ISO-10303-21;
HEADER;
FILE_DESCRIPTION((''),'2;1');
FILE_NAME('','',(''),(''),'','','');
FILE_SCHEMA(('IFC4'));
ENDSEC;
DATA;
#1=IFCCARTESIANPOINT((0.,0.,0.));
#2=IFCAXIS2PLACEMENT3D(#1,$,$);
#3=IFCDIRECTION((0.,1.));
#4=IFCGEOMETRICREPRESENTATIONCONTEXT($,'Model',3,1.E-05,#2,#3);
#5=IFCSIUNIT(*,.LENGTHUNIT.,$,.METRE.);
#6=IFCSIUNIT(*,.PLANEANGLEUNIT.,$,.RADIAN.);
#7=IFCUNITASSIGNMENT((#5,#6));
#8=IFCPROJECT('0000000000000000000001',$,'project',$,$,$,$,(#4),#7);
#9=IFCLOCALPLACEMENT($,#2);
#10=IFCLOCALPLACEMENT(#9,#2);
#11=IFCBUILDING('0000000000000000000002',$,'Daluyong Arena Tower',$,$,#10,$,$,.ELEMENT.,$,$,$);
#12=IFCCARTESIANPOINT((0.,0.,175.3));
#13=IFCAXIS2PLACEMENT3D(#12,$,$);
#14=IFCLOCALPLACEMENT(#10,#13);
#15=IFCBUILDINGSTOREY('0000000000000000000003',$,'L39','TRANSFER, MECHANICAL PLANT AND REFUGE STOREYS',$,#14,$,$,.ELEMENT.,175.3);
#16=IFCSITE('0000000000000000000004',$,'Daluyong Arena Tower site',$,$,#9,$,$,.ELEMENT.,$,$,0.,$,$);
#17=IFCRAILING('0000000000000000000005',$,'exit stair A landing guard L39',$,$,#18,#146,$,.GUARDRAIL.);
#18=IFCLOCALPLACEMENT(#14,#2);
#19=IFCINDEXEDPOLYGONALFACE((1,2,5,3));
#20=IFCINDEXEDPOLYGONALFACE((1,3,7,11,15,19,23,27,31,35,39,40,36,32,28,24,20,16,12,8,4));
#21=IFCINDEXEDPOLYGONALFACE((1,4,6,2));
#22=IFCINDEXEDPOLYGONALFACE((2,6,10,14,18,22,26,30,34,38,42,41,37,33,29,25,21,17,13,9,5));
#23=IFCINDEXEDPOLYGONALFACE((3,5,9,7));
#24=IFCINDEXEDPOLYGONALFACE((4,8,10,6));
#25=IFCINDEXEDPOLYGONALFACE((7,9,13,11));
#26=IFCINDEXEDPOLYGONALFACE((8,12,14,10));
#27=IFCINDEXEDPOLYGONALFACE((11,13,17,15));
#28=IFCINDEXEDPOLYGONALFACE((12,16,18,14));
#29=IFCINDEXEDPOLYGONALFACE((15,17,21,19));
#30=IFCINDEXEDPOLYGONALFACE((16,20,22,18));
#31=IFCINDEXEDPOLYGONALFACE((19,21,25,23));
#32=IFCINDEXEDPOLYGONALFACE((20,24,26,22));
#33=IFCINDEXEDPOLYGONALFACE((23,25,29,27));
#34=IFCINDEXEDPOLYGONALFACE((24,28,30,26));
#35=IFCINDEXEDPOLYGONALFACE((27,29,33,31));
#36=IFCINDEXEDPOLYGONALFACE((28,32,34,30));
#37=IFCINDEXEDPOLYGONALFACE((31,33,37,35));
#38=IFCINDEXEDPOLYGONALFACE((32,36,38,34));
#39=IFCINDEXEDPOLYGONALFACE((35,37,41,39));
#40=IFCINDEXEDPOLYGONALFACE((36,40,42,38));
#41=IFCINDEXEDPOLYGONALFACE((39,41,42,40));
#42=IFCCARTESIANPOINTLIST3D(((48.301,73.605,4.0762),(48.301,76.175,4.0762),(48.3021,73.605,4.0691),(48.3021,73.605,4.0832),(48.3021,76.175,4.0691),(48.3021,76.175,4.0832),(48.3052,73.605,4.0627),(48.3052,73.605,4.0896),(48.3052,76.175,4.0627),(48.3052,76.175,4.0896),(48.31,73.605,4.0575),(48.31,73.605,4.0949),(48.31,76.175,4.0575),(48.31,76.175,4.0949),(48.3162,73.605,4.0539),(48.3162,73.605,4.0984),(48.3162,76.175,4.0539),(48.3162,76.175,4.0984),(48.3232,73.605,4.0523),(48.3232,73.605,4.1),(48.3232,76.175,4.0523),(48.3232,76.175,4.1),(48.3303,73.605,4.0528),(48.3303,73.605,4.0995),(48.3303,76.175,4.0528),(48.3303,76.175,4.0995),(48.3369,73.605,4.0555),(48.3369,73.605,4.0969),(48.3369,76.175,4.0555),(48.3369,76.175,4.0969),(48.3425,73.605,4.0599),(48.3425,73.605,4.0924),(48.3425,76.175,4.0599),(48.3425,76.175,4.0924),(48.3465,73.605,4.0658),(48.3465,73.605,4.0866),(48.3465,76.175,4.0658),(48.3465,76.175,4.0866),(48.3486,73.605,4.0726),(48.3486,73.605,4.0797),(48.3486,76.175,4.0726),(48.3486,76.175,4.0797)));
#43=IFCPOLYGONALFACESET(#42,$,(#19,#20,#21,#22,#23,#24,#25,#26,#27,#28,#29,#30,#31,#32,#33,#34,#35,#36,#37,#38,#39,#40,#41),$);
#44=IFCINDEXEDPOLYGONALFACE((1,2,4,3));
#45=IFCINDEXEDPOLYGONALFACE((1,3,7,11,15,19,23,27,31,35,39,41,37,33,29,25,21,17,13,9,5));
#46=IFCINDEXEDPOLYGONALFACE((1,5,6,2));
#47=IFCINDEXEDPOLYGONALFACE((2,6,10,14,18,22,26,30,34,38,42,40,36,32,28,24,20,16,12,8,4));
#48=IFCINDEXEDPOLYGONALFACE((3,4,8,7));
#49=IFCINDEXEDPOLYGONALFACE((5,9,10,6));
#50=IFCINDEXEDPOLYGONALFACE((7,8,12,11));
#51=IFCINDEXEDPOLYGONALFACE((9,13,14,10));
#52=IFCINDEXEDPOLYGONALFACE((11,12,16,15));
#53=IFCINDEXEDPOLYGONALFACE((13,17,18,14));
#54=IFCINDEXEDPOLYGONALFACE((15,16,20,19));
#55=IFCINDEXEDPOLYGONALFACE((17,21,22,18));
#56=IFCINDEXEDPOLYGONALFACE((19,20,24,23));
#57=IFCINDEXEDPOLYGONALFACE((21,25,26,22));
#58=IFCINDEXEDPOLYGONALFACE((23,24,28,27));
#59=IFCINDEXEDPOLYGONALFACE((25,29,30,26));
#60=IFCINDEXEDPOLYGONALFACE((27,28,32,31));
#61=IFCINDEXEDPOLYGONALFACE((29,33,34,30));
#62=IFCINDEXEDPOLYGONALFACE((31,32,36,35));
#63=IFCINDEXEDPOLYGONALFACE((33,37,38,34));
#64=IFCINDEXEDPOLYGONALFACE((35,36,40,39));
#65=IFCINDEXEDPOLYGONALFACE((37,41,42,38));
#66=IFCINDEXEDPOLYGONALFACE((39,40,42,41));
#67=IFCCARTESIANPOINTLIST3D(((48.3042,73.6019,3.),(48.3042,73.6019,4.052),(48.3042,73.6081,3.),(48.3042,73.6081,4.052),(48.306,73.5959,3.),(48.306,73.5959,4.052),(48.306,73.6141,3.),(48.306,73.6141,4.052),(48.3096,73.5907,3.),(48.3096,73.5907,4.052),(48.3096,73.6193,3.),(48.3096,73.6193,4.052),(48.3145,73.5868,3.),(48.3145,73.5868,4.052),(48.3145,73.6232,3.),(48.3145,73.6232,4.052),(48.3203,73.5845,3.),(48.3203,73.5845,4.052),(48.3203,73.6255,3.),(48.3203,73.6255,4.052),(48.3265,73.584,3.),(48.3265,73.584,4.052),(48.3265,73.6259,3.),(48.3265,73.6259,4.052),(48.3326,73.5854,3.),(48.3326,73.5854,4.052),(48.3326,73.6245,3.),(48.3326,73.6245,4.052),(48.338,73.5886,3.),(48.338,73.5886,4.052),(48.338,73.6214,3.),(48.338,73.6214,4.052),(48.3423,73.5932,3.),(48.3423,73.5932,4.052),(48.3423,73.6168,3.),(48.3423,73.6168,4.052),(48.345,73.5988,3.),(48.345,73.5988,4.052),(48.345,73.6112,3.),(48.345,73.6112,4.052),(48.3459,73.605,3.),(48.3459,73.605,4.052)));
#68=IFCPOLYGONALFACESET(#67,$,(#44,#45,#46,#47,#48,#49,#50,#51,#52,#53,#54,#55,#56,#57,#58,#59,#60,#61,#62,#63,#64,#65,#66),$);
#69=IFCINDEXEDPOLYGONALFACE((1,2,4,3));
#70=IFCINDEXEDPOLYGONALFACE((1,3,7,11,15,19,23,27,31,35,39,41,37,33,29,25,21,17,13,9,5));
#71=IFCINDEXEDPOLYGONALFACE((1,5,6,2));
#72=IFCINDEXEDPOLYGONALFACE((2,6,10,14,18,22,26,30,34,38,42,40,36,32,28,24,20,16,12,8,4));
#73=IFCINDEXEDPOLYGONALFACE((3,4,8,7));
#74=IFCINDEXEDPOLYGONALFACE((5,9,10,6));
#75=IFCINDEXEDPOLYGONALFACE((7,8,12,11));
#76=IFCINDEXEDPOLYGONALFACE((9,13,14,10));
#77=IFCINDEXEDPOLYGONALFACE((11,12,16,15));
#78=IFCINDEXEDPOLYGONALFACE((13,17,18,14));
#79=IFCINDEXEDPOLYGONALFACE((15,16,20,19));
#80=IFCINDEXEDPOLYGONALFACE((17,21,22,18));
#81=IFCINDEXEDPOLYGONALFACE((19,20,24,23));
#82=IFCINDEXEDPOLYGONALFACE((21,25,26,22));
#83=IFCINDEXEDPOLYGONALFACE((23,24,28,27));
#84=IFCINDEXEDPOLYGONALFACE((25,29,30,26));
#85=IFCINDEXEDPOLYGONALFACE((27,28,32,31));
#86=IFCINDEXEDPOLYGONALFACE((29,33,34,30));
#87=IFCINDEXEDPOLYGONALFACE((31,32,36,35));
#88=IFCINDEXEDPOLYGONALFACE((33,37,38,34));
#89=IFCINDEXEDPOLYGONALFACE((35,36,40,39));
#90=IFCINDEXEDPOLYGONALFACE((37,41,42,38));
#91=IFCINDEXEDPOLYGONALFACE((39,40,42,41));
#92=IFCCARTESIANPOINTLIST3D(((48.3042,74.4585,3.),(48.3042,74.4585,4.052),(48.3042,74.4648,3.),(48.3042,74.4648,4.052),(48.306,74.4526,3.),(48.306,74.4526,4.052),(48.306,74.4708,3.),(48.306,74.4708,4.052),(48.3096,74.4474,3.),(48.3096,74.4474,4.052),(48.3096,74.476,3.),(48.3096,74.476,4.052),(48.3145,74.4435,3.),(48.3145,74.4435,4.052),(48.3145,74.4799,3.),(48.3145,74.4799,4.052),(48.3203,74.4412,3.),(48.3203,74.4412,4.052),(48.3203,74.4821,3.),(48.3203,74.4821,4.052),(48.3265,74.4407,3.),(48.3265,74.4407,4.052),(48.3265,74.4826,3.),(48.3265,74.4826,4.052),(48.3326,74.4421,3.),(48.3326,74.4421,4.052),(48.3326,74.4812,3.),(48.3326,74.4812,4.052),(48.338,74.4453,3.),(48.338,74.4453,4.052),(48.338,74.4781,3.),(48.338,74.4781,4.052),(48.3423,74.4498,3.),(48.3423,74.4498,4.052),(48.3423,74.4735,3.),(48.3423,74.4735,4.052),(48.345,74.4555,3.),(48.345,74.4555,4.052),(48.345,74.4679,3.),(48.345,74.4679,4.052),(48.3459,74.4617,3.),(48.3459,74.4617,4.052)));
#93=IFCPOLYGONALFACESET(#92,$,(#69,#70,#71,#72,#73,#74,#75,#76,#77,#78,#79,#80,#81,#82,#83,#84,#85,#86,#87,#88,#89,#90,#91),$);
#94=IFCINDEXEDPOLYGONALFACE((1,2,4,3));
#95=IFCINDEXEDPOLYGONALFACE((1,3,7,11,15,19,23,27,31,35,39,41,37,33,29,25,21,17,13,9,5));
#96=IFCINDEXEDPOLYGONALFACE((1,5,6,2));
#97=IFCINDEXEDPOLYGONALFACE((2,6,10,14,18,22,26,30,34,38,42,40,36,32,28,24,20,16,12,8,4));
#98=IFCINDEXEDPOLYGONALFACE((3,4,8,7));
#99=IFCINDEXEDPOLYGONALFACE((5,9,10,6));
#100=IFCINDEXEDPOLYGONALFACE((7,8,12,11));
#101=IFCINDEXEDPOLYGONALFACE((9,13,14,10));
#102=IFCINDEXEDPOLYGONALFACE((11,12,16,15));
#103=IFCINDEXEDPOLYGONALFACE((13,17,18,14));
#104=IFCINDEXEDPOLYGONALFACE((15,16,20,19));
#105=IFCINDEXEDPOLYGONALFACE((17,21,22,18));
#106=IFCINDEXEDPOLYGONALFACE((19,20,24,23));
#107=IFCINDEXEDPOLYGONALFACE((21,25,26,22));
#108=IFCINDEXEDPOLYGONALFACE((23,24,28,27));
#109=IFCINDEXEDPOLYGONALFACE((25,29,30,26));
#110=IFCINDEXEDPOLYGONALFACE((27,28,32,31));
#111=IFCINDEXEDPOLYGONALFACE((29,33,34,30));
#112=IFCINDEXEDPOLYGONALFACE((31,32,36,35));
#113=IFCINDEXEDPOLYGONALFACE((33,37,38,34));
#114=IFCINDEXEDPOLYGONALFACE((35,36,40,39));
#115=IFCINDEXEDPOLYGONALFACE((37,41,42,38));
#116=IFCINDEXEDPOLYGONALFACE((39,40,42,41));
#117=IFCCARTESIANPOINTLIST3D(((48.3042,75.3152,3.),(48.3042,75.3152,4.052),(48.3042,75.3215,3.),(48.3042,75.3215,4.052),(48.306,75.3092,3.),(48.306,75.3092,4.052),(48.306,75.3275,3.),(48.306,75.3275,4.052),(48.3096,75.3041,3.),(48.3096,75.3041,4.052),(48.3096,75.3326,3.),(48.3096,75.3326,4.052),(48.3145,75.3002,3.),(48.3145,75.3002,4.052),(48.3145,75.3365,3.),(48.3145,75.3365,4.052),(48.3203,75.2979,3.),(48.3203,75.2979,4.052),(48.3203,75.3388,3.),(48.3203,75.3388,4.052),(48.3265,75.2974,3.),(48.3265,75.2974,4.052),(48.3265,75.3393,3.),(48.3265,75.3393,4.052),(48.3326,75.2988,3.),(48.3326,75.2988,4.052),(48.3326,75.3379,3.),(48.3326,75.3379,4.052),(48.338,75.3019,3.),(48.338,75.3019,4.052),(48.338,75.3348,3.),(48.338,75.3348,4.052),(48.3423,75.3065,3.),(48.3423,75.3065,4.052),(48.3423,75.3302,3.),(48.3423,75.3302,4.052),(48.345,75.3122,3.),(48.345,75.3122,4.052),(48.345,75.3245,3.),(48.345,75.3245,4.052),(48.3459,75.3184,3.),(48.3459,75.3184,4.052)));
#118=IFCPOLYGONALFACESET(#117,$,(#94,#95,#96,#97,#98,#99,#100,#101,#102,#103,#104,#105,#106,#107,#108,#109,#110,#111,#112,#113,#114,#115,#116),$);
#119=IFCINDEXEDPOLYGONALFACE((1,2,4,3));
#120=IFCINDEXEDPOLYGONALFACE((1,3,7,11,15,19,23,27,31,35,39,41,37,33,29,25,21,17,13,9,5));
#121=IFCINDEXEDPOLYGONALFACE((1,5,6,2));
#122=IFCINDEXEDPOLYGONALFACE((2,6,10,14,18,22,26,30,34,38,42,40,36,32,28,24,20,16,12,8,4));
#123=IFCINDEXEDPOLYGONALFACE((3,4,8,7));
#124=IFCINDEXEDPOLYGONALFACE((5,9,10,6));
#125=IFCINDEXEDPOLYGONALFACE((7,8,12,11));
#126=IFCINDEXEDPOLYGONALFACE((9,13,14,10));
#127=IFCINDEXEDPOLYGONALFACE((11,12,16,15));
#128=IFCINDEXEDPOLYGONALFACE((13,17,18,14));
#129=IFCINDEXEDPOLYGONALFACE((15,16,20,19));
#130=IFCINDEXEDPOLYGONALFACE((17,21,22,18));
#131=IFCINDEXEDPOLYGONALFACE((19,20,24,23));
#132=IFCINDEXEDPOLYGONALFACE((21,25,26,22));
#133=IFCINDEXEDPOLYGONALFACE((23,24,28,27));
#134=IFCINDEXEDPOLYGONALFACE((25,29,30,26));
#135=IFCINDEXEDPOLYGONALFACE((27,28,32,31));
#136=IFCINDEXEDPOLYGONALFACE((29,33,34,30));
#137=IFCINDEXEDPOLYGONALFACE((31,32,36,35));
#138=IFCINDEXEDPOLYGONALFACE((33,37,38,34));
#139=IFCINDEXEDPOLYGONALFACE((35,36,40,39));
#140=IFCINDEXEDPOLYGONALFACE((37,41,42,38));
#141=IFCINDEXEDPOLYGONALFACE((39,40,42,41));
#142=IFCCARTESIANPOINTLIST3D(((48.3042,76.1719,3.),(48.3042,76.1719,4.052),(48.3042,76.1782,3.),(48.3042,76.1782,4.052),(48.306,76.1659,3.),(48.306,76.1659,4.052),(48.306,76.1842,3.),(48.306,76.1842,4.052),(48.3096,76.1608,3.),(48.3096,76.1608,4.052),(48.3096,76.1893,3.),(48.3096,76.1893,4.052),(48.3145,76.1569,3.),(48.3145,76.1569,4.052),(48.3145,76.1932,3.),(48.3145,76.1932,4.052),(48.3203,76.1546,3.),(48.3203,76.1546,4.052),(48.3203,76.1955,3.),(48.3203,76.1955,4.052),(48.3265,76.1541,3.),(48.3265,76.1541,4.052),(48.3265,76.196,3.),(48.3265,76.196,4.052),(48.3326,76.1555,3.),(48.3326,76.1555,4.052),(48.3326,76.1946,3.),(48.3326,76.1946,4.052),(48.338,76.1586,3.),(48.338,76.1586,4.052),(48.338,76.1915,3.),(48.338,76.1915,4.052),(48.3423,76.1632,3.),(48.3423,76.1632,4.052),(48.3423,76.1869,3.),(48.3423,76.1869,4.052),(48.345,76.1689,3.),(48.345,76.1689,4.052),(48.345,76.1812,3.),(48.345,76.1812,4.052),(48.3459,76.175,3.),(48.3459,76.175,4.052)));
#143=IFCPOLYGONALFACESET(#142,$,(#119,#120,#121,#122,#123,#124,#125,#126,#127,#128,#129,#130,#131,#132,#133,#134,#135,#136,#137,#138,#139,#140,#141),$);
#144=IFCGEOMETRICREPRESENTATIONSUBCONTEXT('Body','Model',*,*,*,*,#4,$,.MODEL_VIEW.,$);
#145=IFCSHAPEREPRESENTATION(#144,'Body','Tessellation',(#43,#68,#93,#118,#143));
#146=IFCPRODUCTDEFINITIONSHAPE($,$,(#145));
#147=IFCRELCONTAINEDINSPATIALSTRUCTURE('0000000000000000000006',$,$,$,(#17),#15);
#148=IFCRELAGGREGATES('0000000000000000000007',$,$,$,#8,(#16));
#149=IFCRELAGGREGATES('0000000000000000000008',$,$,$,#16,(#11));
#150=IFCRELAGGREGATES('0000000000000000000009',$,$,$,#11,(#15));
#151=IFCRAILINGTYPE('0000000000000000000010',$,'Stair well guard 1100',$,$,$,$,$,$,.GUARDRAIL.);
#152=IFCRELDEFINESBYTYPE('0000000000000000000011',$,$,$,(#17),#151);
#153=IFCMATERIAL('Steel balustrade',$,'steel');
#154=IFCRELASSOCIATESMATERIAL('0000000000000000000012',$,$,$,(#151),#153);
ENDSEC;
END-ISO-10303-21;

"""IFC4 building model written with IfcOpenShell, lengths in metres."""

from ifc_helpers import new_model, si_unit, direction, frame, origin, origin_2d, place, context, subcontext, project, spatial, circle, extrude, material, type_object, element, save


model = new_model("IFC4")

# Units and contexts
model_context = context("Model", 3, precision=1e-05, world=origin(), true_north=direction((0.0, 1.0)))
body_context = subcontext(model_context, "Body", "Model", "MODEL_VIEW")
ifc_project = project(units=[si_unit("LENGTHUNIT", "METRE"), si_unit("PLANEANGLEUNIT", "RADIAN")], contexts=[model_context])

# Site, building, storey
site_placement = place(None, origin())
site = spatial("IfcSite", under=ifc_project, at=site_placement, Name="Daluyong Arena Tower site", CompositionType="ELEMENT", RefElevation=0.0)
building_placement = place(site_placement, origin())
building = spatial("IfcBuilding", under=site, at=building_placement, Name="Daluyong Arena Tower", CompositionType="ELEMENT")
storey_placement = place(building_placement, frame((0.0, 0.0, 175.3)))
storey = spatial("IfcBuildingStorey", under=building, at=storey_placement, Name="L39", Description="TRANSFER, MECHANICAL PLANT AND REFUGE STOREYS", CompositionType="ELEMENT", Elevation=175.3)

# Railing
ifc_material_1 = material(Name="Steel balustrade", Category="steel")
railing_type_1 = type_object("IfcRailingType", Name="Stair well guard 1100", PredefinedType="GUARDRAIL", material=ifc_material_1)
railing_1_placement = place(storey_placement, frame((48.325, 73.605, 3.0)))
element("IfcRailing", 1, at=railing_1_placement, inside=storey, type_object=railing_type_1, Name="exit stair A landing guard L39", PredefinedType="GUARDRAIL", context=body_context, shape_type="SweptSolid", body=[
    extrude(circle(Radius=0.0239, at=origin_2d()), frame((0.0, 0.0, 1.0762), z_axis=(0.0, 1.0, 0.0), x_axis=(-1.0, 0.0, 0.0)), (0.0, 0.0, 1.0), 2.5701),
    extrude(circle(Radius=0.021, at=origin_2d()), origin(), (0.0, 0.0, 1.0), 1.052),
    extrude(circle(Radius=0.021, at=origin_2d()), frame((0.0, 0.8567, 0.0)), (0.0, 0.0, 1.0), 1.052),
    extrude(circle(Radius=0.021, at=origin_2d()), frame((0.0, 1.7134, 0.0)), (0.0, 0.0, 1.0), 1.052),
    extrude(circle(Radius=0.021, at=origin_2d()), frame((0.0, 2.5701, 0.0)), (0.0, 0.0, 1.0), 1.052),
])

save(model, "model.ifc")
